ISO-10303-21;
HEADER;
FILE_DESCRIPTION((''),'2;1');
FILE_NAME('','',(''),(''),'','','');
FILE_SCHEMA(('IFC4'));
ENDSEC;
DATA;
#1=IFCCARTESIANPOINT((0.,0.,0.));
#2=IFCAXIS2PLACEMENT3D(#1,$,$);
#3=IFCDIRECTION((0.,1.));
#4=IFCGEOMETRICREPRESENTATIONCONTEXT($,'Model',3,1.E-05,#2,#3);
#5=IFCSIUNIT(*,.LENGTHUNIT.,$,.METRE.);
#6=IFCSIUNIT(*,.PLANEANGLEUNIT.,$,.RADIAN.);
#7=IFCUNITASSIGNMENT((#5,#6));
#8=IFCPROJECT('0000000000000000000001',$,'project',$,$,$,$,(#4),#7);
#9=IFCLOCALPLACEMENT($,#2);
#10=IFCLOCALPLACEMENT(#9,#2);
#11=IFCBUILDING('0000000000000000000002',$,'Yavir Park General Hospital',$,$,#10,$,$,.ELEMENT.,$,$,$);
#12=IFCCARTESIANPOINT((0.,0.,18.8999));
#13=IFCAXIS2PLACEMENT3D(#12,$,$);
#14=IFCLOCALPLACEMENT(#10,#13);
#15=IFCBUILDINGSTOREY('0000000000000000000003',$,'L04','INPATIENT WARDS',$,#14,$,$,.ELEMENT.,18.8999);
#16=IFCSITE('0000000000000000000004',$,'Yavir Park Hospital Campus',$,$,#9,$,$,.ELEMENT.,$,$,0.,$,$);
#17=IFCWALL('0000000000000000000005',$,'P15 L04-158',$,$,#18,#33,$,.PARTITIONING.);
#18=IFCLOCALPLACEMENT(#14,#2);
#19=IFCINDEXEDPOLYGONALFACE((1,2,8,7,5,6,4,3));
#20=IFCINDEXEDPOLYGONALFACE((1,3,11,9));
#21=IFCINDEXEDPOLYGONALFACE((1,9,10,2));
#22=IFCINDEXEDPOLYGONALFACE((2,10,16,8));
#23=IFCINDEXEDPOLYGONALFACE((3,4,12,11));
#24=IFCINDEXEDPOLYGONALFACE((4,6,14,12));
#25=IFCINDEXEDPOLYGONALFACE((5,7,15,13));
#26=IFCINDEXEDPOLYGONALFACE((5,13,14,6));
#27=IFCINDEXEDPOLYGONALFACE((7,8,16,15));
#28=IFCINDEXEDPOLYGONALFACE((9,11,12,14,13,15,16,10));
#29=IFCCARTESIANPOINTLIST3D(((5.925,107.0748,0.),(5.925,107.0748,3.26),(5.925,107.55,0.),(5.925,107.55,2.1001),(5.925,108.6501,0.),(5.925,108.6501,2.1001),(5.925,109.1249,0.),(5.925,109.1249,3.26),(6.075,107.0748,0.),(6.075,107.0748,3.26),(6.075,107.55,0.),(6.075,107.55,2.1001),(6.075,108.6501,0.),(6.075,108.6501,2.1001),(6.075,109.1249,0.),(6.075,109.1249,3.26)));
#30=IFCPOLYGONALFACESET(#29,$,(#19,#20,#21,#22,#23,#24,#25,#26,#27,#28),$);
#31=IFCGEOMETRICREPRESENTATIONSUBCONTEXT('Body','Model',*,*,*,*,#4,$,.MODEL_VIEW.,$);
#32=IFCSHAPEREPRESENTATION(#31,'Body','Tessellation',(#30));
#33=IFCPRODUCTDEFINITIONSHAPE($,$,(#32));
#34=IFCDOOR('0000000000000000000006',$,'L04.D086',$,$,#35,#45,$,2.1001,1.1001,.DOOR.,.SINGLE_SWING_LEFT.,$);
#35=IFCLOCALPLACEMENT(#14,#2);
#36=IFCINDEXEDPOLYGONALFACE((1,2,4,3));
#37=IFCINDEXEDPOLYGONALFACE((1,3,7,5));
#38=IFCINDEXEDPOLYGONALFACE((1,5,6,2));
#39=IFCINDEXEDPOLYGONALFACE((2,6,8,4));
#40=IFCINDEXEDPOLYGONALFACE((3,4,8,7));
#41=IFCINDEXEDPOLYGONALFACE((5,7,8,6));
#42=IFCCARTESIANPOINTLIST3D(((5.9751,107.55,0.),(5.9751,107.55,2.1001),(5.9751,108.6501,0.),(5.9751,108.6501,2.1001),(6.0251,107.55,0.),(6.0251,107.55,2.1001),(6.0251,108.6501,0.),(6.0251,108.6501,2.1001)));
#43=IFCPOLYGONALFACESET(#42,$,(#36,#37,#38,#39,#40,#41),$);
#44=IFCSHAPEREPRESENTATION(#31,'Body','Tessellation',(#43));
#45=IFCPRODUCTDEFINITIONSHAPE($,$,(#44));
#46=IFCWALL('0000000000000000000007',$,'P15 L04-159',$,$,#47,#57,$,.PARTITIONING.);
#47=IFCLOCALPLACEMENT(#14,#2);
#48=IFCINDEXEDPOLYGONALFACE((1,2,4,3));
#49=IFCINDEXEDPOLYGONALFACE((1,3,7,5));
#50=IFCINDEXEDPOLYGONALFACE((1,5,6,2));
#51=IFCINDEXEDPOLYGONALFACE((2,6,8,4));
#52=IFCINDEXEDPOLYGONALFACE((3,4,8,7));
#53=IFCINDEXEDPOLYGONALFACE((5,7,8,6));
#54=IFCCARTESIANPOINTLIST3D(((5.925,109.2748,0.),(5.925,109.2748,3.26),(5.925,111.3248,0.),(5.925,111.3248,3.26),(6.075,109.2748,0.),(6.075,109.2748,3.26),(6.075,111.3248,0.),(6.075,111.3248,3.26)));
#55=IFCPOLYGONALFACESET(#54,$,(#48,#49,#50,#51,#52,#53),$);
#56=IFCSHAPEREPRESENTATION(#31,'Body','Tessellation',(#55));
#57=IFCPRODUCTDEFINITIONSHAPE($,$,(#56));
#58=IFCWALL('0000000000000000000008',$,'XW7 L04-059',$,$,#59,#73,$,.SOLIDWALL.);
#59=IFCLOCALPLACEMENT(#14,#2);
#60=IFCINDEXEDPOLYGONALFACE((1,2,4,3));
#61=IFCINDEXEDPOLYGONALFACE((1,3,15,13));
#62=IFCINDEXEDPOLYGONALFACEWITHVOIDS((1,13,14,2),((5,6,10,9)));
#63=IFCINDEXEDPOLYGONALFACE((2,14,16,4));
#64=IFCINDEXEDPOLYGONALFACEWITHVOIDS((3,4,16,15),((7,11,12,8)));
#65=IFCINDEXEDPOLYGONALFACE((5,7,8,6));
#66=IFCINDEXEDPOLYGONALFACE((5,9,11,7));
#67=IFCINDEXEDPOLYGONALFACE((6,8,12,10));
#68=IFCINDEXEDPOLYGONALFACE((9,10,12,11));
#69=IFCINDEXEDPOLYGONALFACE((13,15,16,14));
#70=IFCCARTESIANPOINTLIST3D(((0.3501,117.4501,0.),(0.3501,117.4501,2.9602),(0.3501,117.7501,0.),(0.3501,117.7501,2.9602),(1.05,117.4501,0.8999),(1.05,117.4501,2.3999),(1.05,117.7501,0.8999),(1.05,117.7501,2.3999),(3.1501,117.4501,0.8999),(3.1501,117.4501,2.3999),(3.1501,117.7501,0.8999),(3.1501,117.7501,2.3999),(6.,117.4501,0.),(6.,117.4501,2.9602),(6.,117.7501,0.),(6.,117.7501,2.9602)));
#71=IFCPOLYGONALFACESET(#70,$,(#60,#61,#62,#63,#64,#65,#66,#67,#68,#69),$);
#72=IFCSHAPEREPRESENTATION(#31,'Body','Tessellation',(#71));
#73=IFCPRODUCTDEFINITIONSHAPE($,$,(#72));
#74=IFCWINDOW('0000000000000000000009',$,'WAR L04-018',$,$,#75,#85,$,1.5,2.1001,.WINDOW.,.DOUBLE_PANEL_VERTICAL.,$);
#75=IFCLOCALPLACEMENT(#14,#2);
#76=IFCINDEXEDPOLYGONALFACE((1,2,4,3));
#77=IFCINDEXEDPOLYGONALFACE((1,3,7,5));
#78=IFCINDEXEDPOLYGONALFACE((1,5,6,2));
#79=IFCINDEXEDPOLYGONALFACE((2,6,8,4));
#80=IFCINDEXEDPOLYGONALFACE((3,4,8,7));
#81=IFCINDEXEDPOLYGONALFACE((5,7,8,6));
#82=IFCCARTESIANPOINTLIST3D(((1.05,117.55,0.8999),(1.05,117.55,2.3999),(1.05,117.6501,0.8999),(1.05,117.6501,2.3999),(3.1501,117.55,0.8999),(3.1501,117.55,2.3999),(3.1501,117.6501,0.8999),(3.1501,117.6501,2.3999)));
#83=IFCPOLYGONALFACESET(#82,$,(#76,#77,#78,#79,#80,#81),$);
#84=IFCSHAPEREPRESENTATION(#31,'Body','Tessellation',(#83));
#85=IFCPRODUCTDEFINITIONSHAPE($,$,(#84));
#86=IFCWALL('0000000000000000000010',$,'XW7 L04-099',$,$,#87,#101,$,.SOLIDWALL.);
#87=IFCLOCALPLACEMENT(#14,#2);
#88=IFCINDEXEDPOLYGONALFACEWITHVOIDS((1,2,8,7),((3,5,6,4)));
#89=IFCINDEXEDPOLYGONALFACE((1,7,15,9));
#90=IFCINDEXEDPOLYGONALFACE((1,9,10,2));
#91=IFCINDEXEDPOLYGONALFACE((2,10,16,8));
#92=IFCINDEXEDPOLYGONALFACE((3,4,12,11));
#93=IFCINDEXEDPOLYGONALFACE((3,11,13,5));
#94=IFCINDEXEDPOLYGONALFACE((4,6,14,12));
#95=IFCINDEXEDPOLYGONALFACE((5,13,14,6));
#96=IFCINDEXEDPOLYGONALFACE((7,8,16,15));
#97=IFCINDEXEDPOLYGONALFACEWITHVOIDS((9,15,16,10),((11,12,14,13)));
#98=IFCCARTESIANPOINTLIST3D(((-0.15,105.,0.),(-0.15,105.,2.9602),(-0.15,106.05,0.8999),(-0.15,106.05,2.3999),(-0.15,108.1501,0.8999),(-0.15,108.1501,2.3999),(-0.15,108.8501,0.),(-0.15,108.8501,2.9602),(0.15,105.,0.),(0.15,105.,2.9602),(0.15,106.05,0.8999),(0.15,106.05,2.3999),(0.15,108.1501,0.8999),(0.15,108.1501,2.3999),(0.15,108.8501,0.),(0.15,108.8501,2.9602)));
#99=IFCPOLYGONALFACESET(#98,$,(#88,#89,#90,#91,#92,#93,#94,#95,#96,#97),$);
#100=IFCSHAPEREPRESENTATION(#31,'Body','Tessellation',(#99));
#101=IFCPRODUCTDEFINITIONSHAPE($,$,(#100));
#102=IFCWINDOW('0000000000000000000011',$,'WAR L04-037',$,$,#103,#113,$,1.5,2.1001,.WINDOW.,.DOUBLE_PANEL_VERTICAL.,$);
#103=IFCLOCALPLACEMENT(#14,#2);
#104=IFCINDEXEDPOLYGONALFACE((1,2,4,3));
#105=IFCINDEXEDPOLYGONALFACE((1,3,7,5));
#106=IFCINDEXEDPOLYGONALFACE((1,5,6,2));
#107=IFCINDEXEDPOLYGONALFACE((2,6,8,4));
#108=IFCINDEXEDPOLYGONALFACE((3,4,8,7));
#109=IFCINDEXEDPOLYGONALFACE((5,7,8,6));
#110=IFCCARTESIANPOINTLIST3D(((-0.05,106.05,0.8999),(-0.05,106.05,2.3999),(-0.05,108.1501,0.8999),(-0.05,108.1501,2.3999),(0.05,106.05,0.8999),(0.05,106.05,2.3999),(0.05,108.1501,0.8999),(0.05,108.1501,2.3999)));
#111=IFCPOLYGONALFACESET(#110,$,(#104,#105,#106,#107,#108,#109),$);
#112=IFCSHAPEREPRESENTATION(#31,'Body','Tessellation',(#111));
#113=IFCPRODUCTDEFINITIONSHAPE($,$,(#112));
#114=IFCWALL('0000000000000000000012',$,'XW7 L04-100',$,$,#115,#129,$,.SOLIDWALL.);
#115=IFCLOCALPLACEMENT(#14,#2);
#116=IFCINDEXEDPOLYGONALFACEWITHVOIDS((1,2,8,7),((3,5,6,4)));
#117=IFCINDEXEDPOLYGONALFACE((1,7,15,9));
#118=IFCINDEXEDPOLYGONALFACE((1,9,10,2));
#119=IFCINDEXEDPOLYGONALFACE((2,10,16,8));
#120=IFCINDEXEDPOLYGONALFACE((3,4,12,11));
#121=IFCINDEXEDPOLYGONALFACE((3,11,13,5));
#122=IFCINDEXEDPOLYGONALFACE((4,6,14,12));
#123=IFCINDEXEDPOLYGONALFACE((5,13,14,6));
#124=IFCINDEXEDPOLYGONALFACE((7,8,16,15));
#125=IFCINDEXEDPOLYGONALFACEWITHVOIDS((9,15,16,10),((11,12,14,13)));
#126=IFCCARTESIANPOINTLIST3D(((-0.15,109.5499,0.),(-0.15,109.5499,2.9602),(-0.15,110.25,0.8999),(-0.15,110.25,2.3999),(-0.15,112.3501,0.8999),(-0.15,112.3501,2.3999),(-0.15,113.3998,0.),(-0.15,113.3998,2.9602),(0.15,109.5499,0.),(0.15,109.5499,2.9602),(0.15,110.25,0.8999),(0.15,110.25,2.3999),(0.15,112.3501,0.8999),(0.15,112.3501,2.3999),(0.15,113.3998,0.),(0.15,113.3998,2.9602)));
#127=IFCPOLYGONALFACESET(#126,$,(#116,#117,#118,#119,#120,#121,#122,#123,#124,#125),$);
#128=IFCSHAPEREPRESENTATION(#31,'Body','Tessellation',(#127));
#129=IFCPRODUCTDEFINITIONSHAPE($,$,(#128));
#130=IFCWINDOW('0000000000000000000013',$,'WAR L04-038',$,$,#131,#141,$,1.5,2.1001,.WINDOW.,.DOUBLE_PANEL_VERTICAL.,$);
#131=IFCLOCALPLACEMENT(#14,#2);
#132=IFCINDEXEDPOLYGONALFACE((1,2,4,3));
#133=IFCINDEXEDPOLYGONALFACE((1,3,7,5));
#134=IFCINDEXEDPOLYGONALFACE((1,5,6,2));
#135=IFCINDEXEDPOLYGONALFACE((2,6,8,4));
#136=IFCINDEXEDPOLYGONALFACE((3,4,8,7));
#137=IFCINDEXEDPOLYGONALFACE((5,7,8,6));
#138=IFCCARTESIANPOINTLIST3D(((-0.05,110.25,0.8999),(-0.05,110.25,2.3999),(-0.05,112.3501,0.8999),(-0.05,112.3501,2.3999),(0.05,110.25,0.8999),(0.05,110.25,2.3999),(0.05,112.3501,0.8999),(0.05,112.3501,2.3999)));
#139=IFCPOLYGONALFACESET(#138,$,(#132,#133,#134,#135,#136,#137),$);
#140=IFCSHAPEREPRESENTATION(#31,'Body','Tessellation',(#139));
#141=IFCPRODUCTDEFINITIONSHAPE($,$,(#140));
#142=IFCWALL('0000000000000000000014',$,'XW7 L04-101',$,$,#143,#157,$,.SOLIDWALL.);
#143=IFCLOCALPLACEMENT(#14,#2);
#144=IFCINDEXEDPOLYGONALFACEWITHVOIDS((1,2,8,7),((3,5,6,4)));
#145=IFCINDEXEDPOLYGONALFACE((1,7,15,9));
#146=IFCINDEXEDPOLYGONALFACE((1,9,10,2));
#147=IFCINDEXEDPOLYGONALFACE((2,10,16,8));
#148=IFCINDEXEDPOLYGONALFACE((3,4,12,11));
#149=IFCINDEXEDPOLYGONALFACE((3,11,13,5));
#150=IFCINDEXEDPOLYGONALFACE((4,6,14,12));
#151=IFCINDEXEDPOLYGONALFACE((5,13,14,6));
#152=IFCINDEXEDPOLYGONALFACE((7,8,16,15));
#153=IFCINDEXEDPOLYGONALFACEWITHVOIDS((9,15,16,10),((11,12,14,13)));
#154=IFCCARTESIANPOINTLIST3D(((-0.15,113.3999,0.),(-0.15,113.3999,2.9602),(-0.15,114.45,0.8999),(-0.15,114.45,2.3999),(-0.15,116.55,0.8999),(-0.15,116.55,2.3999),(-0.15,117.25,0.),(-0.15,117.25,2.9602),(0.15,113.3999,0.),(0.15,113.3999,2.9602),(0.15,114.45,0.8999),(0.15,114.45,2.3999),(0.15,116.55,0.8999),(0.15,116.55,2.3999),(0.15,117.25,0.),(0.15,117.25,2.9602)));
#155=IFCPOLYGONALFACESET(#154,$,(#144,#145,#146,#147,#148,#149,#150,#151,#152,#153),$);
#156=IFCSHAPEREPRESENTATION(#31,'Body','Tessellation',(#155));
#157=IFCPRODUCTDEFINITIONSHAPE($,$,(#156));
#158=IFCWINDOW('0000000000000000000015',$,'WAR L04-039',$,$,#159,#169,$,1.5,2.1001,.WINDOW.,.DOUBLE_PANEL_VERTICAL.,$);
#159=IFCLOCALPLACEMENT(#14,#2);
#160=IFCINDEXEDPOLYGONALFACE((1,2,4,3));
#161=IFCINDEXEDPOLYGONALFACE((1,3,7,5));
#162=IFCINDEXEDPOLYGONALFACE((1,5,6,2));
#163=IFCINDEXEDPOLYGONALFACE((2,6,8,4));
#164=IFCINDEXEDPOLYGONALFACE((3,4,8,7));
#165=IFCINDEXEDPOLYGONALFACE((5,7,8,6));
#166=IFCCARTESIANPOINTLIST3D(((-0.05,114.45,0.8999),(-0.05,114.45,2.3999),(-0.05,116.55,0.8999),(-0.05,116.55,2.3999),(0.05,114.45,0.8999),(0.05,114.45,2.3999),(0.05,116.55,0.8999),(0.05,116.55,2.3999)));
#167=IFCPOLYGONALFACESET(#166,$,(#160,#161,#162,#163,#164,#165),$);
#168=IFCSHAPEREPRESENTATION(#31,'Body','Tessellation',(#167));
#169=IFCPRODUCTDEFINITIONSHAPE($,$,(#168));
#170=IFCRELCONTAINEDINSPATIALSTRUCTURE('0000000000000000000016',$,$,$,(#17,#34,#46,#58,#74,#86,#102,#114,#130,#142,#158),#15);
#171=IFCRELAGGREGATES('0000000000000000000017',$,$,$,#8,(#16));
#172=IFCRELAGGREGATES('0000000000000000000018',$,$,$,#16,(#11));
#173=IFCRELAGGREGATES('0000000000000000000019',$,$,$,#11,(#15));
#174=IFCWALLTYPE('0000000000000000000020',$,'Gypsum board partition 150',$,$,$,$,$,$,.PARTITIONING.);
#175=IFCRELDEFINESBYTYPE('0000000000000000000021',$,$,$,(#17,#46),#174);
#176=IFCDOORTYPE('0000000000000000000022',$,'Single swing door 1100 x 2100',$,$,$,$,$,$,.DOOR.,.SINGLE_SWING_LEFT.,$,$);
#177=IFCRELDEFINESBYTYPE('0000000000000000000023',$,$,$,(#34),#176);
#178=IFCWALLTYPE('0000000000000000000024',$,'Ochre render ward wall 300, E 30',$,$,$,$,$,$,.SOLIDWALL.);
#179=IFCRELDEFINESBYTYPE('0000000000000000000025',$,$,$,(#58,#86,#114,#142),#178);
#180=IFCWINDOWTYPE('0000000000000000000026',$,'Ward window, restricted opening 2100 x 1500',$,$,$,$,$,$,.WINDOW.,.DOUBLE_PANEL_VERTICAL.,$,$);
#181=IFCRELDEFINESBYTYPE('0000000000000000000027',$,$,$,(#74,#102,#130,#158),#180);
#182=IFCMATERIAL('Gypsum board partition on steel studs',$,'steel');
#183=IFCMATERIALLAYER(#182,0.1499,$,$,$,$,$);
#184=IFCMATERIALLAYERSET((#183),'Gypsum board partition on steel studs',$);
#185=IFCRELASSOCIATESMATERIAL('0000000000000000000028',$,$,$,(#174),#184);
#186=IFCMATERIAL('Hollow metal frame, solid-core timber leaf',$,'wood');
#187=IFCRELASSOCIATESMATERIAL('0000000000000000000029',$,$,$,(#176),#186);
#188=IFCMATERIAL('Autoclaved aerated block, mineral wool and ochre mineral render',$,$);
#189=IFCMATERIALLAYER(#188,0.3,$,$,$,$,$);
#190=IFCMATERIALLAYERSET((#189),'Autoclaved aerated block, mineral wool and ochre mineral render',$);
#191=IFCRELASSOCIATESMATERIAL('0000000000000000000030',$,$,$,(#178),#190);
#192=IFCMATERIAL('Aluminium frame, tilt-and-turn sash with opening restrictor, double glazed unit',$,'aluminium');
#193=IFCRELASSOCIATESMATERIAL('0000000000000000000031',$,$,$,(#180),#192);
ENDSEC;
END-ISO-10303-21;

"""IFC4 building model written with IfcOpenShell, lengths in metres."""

from ifc_helpers import new_model, si_unit, direction, frame, frame_2d, origin, place, context, subcontext, project, spatial, rectangle, extrude, material, layer, layer_set, type_object, element, fill, save


model = new_model("IFC4")

# Units and contexts
model_context = context("Model", 3, precision=1e-05, world=origin(), true_north=direction((0.0, 1.0)))
body_context = subcontext(model_context, "Body", "Model", "MODEL_VIEW")
ifc_project = project(units=[si_unit("LENGTHUNIT", "METRE"), si_unit("PLANEANGLEUNIT", "RADIAN")], contexts=[model_context])

# Site, building, storey
site_placement = place(None, origin())
site = spatial("IfcSite", under=ifc_project, at=site_placement, Name="Yavir Park Hospital Campus", CompositionType="ELEMENT", RefElevation=0.0)
building_placement = place(site_placement, origin())
building = spatial("IfcBuilding", under=site, at=building_placement, Name="Yavir Park General Hospital", CompositionType="ELEMENT")
storey_placement = place(building_placement, frame((0.0, 0.0, 18.8999)))
storey = spatial("IfcBuildingStorey", under=building, at=storey_placement, Name="L04", Description="INPATIENT WARDS", CompositionType="ELEMENT", Elevation=18.8999)

# Shared definitions
ifc_material_1 = material(Name="Gypsum board partition on steel studs", Category="steel")
ifc_layer_1 = layer(ifc_material_1, 0.1499)
ifc_layer_set_1 = layer_set([ifc_layer_1], Name="Gypsum board partition on steel studs")
wall_type_1 = type_object("IfcWallType", Name="Gypsum board partition 150", PredefinedType="PARTITIONING", material=ifc_layer_set_1)

# Shared definitions
ifc_material_2 = material(Name="Hollow metal frame, solid-core timber leaf", Category="wood")
door_type = type_object("IfcDoorType", Name="Single swing door 1100 x 2100", OperationType="SINGLE_SWING_LEFT", PredefinedType="DOOR", material=ifc_material_2)

# Wall, opening, door
wall_1_placement = place(storey_placement, frame((6.0, 107.075, 0.0), z_axis=(0.0, 0.0, 1.0), x_axis=(0.0, 1.0, 0.0)))
wall_1 = element("IfcWall", 1, at=wall_1_placement, inside=storey, type_object=wall_type_1, Name="P15 L04-158", PredefinedType="PARTITIONING", context=body_context, shape_type="SweptSolid", body=[
    extrude(rectangle(XDim=2.05, YDim=0.1499, at=frame_2d((1.0249, 0.0))), origin(), (0.0, 0.0, 1.0), 3.26),
])
opening_1_placement = place(wall_1_placement, frame((0.4751, 0.0, 0.0)))
opening_1 = element("IfcOpeningElement", 2, at=opening_1_placement, cuts=wall_1, PredefinedType="OPENING", context=body_context, shape_type="SweptSolid", body=[
    extrude(rectangle(XDim=1.1001, YDim=2.1001, at=frame_2d((0.55, 1.05))), frame((0.0, 0.085, 0.0), z_axis=(0.0, -1.0, 0.0), x_axis=(1.0, 0.0, 0.0)), (0.0, 0.0, 1.0), 0.1699),
])
door_1_placement = place(opening_1_placement, origin())
door_1 = element("IfcDoor", 3, at=door_1_placement, inside=storey, type_object=door_type, Name="L04.D086", OperationType="SINGLE_SWING_LEFT", OverallHeight=2.1001, OverallWidth=1.1001, PredefinedType="DOOR", context=body_context, shape_type="SweptSolid", body=[
    extrude(rectangle(XDim=1.1001, YDim=2.1001, at=frame_2d((0.55, 1.05))), frame((0.0, 0.0249, 0.0), z_axis=(0.0, -1.0, 0.0), x_axis=(1.0, 0.0, 0.0)), (0.0, 0.0, 1.0), 0.05),
])
fill(opening_1, door_1)

# Wall
wall_2_placement = place(storey_placement, frame((6.0, 109.2749, 0.0), z_axis=(0.0, 0.0, 1.0), x_axis=(0.0, 1.0, 0.0)))
element("IfcWall", 4, at=wall_2_placement, inside=storey, type_object=wall_type_1, Name="P15 L04-159", PredefinedType="PARTITIONING", context=body_context, shape_type="SweptSolid", body=[
    extrude(rectangle(XDim=2.05, YDim=0.1499, at=frame_2d((1.0249, 0.0))), origin(), (0.0, 0.0, 1.0), 3.26),
])

# Walls, openings, windows
ifc_material_3 = material(Name="Autoclaved aerated block, mineral wool and ochre mineral render")
ifc_layer_2 = layer(ifc_material_3, 0.3)
ifc_layer_set_2 = layer_set([ifc_layer_2], Name="Autoclaved aerated block, mineral wool and ochre mineral render")
wall_type_2 = type_object("IfcWallType", Name="Ochre render ward wall 300, E 30", PredefinedType="SOLIDWALL", material=ifc_layer_set_2)
wall_3_placement = place(storey_placement, frame((0.3501, 117.6001, 0.0), z_axis=(0.0, 0.0, 1.0), x_axis=(1.0, 0.0, 0.0)))
wall_3 = element("IfcWall", 5, at=wall_3_placement, inside=storey, type_object=wall_type_2, Name="XW7 L04-059", PredefinedType="SOLIDWALL", context=body_context, shape_type="SweptSolid", body=[
    extrude(rectangle(XDim=5.6499, YDim=0.3, at=frame_2d((2.825, 0.0))), origin(), (0.0, 0.0, 1.0), 2.9602),
])
opening_2_placement = place(wall_3_placement, frame((0.7, 0.0, 0.8999)))
opening_2 = element("IfcOpeningElement", 6, at=opening_2_placement, cuts=wall_3, PredefinedType="OPENING", context=body_context, shape_type="SweptSolid", body=[
    extrude(rectangle(XDim=2.1001, YDim=1.5, at=frame_2d((1.05, 0.75))), frame((0.0, 0.1599, 0.0), z_axis=(0.0, -1.0, 0.0), x_axis=(1.0, 0.0, 0.0)), (0.0, 0.0, 1.0), 0.3201),
])
ifc_material_4 = material(Name="Aluminium frame, tilt-and-turn sash with opening restrictor, double glazed unit", Category="aluminium")
window_type = type_object("IfcWindowType", Name="Ward window, restricted opening 2100 x 1500", PartitioningType="DOUBLE_PANEL_VERTICAL", PredefinedType="WINDOW", material=ifc_material_4)
window_1_placement = place(opening_2_placement, origin())
window_1 = element("IfcWindow", 7, at=window_1_placement, inside=storey, type_object=window_type, Name="WAR L04-018", OverallHeight=1.5, OverallWidth=2.1001, PartitioningType="DOUBLE_PANEL_VERTICAL", PredefinedType="WINDOW", context=body_context, shape_type="SweptSolid", body=[
    extrude(rectangle(XDim=2.1001, YDim=1.5, at=frame_2d((1.05, 0.75))), frame((0.0, 0.05, 0.0), z_axis=(0.0, -1.0, 0.0), x_axis=(1.0, 0.0, 0.0)), (0.0, 0.0, 1.0), 0.1001),
])
fill(opening_2, window_1)
wall_4_placement = place(storey_placement, frame((0.0, 105.0, 0.0), z_axis=(0.0, 0.0, 1.0), x_axis=(0.0, 1.0, 0.0)))
wall_4 = element("IfcWall", 8, at=wall_4_placement, inside=storey, type_object=wall_type_2, Name="XW7 L04-099", PredefinedType="SOLIDWALL", context=body_context, shape_type="SweptSolid", body=[
    extrude(rectangle(XDim=3.8501, YDim=0.3, at=frame_2d((1.925, 0.0))), origin(), (0.0, 0.0, 1.0), 2.9602),
])
opening_3_placement = place(wall_4_placement, frame((1.05, 0.0, 0.8999)))
opening_3 = element("IfcOpeningElement", 9, at=opening_3_placement, cuts=wall_4, PredefinedType="OPENING", context=body_context, shape_type="SweptSolid", body=[
    extrude(rectangle(XDim=2.1001, YDim=1.5, at=frame_2d((1.05, 0.75))), frame((0.0, 0.1599, 0.0), z_axis=(0.0, -1.0, 0.0), x_axis=(1.0, 0.0, 0.0)), (0.0, 0.0, 1.0), 0.3201),
])
window_2_placement = place(opening_3_placement, origin())
window_2 = element("IfcWindow", 10, at=window_2_placement, inside=storey, type_object=window_type, Name="WAR L04-037", OverallHeight=1.5, OverallWidth=2.1001, PartitioningType="DOUBLE_PANEL_VERTICAL", PredefinedType="WINDOW", context=body_context, shape_type="SweptSolid", body=[
    extrude(rectangle(XDim=2.1001, YDim=1.5, at=frame_2d((1.05, 0.75))), frame((0.0, 0.05, 0.0), z_axis=(0.0, -1.0, 0.0), x_axis=(1.0, 0.0, 0.0)), (0.0, 0.0, 1.0), 0.1001),
])
fill(opening_3, window_2)
wall_5_placement = place(storey_placement, frame((0.0, 109.55, 0.0), z_axis=(0.0, 0.0, 1.0), x_axis=(0.0, 1.0, 0.0)))
wall_5 = element("IfcWall", 11, at=wall_5_placement, inside=storey, type_object=wall_type_2, Name="XW7 L04-100", PredefinedType="SOLIDWALL", context=body_context, shape_type="SweptSolid", body=[
    extrude(rectangle(XDim=3.8499, YDim=0.3, at=frame_2d((1.9248, 0.0))), origin(), (0.0, 0.0, 1.0), 2.9602),
])
opening_4_placement = place(wall_5_placement, frame((0.7, 0.0, 0.8999)))
opening_4 = element("IfcOpeningElement", 12, at=opening_4_placement, cuts=wall_5, PredefinedType="OPENING", context=body_context, shape_type="SweptSolid", body=[
    extrude(rectangle(XDim=2.1001, YDim=1.5, at=frame_2d((1.05, 0.75))), frame((0.0, 0.1599, 0.0), z_axis=(0.0, -1.0, 0.0), x_axis=(1.0, 0.0, 0.0)), (0.0, 0.0, 1.0), 0.3201),
])
window_3_placement = place(opening_4_placement, origin())
window_3 = element("IfcWindow", 13, at=window_3_placement, inside=storey, type_object=window_type, Name="WAR L04-038", OverallHeight=1.5, OverallWidth=2.1001, PartitioningType="DOUBLE_PANEL_VERTICAL", PredefinedType="WINDOW", context=body_context, shape_type="SweptSolid", body=[
    extrude(rectangle(XDim=2.1001, YDim=1.5, at=frame_2d((1.05, 0.75))), frame((0.0, 0.05, 0.0), z_axis=(0.0, -1.0, 0.0), x_axis=(1.0, 0.0, 0.0)), (0.0, 0.0, 1.0), 0.1001),
])
fill(opening_4, window_3)
wall_6_placement = place(storey_placement, frame((0.0, 113.3999, 0.0), z_axis=(0.0, 0.0, 1.0), x_axis=(0.0, 1.0, 0.0)))
wall_6 = element("IfcWall", 14, at=wall_6_placement, inside=storey, type_object=wall_type_2, Name="XW7 L04-101", PredefinedType="SOLIDWALL", context=body_context, shape_type="SweptSolid", body=[
    extrude(rectangle(XDim=3.8501, YDim=0.3, at=frame_2d((1.925, 0.0))), origin(), (0.0, 0.0, 1.0), 2.9602),
])
opening_5_placement = place(wall_6_placement, frame((1.05, 0.0, 0.8999)))
opening_5 = element("IfcOpeningElement", 15, at=opening_5_placement, cuts=wall_6, PredefinedType="OPENING", context=body_context, shape_type="SweptSolid", body=[
    extrude(rectangle(XDim=2.1001, YDim=1.5, at=frame_2d((1.05, 0.75))), frame((0.0, 0.1599, 0.0), z_axis=(0.0, -1.0, 0.0), x_axis=(1.0, 0.0, 0.0)), (0.0, 0.0, 1.0), 0.3201),
])
window_4_placement = place(opening_5_placement, origin())
window_4 = element("IfcWindow", 16, at=window_4_placement, inside=storey, type_object=window_type, Name="WAR L04-039", OverallHeight=1.5, OverallWidth=2.1001, PartitioningType="DOUBLE_PANEL_VERTICAL", PredefinedType="WINDOW", context=body_context, shape_type="SweptSolid", body=[
    extrude(rectangle(XDim=2.1001, YDim=1.5, at=frame_2d((1.05, 0.75))), frame((0.0, 0.05, 0.0), z_axis=(0.0, -1.0, 0.0), x_axis=(1.0, 0.0, 0.0)), (0.0, 0.0, 1.0), 0.1001),
])
fill(opening_5, window_4)

save(model, "model.ifc")
